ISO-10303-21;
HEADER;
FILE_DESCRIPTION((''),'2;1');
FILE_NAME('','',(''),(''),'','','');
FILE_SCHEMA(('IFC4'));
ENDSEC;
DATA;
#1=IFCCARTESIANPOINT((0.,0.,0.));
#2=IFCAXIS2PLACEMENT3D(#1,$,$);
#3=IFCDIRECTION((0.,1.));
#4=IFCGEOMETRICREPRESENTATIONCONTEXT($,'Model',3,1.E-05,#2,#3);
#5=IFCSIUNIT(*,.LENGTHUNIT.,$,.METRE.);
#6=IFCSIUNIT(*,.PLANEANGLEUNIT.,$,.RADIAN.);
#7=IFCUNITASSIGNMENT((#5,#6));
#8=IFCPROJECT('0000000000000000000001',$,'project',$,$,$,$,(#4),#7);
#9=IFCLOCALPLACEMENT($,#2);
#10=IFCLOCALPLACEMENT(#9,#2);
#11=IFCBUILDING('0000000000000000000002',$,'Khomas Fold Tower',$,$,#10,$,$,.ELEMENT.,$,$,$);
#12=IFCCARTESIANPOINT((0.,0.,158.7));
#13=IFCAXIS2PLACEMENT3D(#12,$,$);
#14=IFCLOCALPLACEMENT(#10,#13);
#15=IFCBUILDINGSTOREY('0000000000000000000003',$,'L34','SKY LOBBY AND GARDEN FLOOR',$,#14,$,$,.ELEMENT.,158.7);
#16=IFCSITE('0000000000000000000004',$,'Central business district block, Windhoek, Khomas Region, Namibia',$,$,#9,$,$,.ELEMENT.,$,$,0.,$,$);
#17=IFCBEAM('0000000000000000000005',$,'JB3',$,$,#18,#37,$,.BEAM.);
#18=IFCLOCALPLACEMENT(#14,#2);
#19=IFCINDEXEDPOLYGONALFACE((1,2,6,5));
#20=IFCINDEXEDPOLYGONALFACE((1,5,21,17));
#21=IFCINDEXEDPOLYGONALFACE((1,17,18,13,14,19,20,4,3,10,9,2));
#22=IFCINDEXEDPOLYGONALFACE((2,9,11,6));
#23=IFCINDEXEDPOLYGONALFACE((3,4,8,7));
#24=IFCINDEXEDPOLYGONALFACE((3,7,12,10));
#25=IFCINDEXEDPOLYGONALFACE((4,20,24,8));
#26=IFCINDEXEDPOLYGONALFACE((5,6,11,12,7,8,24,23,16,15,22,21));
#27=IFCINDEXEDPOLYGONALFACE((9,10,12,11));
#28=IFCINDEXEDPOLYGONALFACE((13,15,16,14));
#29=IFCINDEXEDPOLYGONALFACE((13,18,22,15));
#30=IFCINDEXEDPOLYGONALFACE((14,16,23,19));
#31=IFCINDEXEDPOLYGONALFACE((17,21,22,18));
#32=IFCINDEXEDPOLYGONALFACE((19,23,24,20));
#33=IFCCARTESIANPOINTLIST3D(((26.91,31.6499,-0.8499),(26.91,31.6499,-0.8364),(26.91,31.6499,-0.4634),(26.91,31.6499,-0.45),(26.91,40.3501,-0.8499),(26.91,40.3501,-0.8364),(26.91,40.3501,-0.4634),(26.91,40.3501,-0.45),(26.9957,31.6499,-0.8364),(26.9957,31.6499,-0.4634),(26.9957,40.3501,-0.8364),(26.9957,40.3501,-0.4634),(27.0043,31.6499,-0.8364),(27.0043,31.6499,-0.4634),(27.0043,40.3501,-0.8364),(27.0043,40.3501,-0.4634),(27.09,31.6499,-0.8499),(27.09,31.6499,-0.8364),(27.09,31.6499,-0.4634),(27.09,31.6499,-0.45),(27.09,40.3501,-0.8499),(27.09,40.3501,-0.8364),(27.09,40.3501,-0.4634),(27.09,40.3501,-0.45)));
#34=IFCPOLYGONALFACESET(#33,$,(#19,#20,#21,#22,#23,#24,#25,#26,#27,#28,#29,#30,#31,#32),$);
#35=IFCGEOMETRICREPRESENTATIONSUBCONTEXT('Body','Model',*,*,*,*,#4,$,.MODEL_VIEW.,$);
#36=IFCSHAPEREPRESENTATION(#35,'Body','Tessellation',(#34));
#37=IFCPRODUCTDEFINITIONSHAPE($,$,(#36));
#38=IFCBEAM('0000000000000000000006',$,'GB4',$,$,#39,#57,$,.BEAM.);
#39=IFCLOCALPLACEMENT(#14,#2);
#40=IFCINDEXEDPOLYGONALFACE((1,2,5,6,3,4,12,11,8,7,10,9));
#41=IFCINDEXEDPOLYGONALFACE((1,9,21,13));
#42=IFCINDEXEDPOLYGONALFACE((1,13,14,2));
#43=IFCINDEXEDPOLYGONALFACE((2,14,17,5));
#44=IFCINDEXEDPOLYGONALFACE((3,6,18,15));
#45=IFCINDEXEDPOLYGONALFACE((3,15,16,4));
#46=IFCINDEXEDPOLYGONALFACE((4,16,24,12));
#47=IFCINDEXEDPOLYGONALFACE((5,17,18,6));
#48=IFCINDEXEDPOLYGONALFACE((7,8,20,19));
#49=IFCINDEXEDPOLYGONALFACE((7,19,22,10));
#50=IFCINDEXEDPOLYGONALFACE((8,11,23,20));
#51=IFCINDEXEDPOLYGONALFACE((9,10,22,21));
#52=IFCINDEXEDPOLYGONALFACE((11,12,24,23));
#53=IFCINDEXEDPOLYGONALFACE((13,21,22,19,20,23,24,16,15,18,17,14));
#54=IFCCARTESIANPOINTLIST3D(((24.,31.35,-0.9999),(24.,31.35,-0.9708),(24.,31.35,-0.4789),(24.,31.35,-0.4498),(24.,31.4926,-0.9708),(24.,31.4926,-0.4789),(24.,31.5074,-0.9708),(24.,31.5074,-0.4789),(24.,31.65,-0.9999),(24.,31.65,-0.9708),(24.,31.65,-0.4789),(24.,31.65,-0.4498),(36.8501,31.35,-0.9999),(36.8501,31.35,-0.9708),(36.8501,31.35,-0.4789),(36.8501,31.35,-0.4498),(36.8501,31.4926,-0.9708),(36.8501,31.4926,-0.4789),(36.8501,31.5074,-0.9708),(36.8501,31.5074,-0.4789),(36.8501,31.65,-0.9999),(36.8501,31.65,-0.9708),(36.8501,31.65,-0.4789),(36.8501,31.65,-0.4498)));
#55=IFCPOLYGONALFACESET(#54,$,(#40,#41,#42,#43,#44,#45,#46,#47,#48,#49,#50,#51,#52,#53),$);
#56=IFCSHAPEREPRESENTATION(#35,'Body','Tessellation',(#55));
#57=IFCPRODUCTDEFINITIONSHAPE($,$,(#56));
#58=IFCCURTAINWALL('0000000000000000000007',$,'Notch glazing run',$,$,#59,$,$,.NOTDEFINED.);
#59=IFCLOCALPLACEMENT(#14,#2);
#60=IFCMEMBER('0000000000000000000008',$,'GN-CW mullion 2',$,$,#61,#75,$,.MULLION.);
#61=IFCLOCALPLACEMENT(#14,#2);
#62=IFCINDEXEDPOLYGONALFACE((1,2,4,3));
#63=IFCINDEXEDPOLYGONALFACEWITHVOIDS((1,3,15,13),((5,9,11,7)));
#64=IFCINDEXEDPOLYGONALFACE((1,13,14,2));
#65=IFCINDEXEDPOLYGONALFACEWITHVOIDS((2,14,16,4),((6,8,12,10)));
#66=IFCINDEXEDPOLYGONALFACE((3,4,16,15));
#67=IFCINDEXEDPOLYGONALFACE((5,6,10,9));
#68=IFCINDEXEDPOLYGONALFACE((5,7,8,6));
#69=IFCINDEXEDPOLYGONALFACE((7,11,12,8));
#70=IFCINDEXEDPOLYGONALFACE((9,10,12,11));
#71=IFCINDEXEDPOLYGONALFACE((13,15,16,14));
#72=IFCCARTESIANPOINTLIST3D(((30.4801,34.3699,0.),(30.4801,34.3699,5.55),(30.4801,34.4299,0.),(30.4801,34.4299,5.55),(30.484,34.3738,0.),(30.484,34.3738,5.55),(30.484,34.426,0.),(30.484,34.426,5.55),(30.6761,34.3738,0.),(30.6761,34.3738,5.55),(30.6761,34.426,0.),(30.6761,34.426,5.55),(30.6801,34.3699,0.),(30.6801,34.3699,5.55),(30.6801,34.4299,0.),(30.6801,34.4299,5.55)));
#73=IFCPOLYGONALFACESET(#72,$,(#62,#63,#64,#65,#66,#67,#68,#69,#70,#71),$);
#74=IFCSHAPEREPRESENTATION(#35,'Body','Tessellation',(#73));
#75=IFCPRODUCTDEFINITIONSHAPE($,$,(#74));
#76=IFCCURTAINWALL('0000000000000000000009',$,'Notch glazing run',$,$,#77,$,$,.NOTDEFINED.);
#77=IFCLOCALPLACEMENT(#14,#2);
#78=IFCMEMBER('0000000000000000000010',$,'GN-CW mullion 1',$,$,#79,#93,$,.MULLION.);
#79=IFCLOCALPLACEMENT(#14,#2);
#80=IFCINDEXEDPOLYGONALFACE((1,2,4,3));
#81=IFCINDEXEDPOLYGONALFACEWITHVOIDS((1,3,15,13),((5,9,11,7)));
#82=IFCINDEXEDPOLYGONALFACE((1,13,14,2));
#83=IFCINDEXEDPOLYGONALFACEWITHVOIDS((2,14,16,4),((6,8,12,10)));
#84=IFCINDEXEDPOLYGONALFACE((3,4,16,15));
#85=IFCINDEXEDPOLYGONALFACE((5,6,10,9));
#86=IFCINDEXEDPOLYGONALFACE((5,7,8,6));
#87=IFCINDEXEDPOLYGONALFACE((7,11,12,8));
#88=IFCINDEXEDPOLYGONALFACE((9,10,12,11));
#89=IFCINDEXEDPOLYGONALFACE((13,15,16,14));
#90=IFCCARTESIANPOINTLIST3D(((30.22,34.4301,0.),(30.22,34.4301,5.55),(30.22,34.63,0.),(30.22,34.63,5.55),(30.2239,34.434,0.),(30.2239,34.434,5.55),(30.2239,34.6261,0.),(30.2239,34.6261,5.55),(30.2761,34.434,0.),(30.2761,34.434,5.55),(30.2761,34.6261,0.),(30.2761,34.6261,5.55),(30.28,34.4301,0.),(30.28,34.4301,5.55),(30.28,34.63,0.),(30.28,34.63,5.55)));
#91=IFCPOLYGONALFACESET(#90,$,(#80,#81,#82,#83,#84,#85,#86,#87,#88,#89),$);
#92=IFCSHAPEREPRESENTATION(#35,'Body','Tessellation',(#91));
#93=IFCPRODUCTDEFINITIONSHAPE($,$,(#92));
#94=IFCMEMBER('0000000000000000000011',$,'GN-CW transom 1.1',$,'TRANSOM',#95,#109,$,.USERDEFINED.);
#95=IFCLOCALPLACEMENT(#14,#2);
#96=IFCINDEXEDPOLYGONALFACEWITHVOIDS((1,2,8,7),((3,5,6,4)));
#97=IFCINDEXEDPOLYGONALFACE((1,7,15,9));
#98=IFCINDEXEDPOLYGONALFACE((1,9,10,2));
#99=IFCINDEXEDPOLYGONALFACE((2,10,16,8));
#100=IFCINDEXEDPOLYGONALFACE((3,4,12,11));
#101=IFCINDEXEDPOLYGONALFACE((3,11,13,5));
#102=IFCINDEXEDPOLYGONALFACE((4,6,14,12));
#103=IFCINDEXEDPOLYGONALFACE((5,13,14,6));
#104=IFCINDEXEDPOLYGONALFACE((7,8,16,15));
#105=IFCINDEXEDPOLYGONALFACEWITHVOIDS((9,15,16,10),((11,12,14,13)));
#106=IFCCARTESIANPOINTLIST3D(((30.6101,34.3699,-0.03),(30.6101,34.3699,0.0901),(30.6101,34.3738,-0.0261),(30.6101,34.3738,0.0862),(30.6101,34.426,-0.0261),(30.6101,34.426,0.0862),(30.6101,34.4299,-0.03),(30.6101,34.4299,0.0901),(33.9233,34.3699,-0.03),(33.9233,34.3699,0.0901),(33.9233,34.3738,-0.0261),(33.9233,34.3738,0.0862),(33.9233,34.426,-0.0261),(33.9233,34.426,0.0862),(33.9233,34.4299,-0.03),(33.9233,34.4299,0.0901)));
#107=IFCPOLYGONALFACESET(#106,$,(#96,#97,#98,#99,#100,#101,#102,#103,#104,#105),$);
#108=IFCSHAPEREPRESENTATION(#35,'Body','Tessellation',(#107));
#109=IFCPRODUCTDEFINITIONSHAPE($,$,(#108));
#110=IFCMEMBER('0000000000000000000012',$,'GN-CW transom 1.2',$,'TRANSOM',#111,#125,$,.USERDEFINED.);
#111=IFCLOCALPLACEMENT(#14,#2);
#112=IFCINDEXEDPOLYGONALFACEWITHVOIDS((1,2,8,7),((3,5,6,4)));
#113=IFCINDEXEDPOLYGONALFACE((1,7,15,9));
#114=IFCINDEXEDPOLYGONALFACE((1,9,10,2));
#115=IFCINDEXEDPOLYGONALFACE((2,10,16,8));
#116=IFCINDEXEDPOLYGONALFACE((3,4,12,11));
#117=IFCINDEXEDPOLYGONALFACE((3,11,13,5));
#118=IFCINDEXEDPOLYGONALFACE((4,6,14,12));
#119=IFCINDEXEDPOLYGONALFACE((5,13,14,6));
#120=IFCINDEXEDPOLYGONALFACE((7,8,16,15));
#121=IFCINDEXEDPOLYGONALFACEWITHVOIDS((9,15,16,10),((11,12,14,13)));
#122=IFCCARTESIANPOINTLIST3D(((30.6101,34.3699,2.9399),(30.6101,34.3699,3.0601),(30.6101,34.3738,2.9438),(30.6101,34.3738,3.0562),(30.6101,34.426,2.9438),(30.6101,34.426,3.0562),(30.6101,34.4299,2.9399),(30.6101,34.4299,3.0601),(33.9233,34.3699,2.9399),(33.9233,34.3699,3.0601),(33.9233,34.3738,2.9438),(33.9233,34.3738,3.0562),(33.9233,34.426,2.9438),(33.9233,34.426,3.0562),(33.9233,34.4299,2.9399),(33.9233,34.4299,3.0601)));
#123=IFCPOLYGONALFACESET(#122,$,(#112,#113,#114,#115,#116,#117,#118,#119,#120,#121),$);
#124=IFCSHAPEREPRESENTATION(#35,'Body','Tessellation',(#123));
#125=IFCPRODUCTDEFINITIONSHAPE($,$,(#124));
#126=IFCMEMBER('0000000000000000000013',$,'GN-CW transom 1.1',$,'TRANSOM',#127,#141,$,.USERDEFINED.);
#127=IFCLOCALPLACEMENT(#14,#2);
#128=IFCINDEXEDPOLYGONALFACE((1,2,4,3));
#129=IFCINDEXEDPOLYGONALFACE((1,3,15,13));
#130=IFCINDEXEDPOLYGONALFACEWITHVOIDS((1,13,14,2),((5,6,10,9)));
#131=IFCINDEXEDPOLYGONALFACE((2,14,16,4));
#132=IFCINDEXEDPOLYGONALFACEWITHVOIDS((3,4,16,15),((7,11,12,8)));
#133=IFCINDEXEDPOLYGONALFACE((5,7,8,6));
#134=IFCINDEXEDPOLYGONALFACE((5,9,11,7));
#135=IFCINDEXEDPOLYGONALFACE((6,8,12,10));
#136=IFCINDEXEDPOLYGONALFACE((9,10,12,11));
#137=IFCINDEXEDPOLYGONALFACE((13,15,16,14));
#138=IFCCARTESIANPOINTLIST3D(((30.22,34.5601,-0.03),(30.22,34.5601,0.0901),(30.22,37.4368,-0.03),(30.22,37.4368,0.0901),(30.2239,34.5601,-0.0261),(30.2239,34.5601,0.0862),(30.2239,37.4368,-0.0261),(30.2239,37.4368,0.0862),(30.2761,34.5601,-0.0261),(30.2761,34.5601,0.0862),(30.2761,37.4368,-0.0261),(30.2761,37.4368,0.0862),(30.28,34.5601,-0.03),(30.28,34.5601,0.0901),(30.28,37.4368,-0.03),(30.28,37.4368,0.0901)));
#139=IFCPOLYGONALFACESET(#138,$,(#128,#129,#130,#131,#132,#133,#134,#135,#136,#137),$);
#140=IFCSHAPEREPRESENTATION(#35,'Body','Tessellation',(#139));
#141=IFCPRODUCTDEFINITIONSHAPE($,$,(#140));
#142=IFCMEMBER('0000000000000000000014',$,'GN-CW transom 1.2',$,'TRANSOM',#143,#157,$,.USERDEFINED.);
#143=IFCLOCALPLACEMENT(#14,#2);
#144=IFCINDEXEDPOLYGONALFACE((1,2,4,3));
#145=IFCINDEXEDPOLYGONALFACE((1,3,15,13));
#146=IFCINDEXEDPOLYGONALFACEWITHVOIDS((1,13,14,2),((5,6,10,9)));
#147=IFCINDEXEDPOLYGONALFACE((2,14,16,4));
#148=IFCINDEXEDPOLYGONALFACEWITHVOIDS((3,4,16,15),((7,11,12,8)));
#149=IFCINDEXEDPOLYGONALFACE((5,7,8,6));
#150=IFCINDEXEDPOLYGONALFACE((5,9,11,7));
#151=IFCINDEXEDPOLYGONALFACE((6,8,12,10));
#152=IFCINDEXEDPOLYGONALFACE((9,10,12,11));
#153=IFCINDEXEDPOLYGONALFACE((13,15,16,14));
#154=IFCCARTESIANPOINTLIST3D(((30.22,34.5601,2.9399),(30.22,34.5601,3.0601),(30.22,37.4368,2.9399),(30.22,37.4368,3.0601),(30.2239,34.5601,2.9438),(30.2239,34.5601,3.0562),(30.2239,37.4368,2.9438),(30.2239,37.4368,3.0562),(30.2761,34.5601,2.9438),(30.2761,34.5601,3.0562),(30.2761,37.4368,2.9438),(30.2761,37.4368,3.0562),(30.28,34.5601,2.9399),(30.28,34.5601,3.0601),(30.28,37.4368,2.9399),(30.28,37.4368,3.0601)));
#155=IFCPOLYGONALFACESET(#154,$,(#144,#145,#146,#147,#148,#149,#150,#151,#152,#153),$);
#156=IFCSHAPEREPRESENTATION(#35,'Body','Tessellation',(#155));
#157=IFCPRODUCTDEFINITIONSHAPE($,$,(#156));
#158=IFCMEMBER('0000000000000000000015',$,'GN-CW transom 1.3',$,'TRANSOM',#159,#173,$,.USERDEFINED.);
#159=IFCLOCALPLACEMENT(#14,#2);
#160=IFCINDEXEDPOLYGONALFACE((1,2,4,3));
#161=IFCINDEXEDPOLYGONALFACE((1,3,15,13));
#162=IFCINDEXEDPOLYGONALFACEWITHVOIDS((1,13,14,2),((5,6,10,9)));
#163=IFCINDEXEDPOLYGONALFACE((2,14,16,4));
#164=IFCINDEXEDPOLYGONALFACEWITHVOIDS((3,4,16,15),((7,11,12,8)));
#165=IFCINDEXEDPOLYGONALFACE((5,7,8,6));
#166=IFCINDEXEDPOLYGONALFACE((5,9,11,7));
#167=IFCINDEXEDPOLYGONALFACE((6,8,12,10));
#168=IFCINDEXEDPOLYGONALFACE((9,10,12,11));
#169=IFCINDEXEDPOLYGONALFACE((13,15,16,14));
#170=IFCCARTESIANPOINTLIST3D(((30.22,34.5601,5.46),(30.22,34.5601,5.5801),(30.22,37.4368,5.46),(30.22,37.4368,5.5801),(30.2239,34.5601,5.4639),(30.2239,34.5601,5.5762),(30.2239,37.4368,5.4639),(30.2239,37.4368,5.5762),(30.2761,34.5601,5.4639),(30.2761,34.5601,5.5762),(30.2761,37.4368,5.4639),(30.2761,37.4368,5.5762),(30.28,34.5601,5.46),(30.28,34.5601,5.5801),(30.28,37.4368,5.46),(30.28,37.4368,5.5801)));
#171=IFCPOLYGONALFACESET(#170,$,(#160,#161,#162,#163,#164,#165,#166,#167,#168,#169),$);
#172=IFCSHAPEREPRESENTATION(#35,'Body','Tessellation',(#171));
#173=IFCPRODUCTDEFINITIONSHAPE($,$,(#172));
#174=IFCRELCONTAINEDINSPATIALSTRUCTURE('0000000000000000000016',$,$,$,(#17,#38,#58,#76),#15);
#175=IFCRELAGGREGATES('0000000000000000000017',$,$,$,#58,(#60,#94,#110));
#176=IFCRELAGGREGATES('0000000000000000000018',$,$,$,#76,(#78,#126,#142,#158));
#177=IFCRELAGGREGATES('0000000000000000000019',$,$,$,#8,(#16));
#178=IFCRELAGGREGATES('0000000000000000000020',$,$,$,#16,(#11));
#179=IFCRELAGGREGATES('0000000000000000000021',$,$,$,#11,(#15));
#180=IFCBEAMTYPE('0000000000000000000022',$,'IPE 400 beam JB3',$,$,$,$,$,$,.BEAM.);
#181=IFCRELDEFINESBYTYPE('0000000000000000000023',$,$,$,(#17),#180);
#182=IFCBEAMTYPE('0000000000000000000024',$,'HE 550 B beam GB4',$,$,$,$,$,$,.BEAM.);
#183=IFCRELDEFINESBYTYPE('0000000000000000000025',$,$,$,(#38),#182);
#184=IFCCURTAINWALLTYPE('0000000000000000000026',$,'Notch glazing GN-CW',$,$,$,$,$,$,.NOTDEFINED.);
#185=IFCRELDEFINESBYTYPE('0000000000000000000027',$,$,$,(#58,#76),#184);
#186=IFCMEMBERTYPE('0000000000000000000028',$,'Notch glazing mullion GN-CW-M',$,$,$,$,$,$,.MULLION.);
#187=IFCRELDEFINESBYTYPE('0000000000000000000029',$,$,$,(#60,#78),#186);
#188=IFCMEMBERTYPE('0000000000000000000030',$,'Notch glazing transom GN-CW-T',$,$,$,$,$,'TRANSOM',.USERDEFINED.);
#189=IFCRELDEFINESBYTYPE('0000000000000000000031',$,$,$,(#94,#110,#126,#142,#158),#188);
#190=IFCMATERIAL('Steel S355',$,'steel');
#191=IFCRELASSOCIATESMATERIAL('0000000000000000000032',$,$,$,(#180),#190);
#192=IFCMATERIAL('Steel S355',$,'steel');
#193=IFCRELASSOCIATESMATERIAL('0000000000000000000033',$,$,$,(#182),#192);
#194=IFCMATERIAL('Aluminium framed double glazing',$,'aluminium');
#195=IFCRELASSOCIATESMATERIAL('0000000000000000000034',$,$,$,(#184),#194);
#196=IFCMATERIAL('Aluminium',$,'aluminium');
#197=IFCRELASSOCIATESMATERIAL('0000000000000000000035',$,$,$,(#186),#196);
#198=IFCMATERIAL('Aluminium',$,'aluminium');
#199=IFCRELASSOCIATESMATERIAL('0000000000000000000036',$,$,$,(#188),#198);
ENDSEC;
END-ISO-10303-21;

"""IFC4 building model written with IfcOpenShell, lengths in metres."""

from ifc_helpers import new_model, si_unit, direction, frame, origin, origin_2d, place, context, subcontext, project, spatial, hollow_rectangle, i_section, extrude, source, transform, mapped, material, material_profile, profile_set, type_object, element, aggregate, save


model = new_model("IFC4")

# Units and contexts
model_context = context("Model", 3, precision=1e-05, world=origin(), true_north=direction((0.0, 1.0)))
body_context = subcontext(model_context, "Body", "Model", "MODEL_VIEW")
ifc_project = project(units=[si_unit("LENGTHUNIT", "METRE"), si_unit("PLANEANGLEUNIT", "RADIAN")], contexts=[model_context])

# Site, building, storey
site_placement = place(None, origin())
site = spatial("IfcSite", under=ifc_project, at=site_placement, Name="Central business district block, Windhoek, Khomas Region, Namibia", CompositionType="ELEMENT", RefElevation=0.0)
building_placement = place(site_placement, origin())
building = spatial("IfcBuilding", under=site, at=building_placement, Name="Khomas Fold Tower", CompositionType="ELEMENT")
storey_placement = place(building_placement, frame((0.0, 0.0, 158.7)))
storey = spatial("IfcBuildingStorey", under=building, at=storey_placement, Name="L34", Description="SKY LOBBY AND GARDEN FLOOR", CompositionType="ELEMENT", Elevation=158.7)

# Beams
ifc_material_1 = material(Name="Steel S355", Category="steel")
ifc_material_profile_1 = material_profile(ifc_material_1, i_section(OverallWidth=0.1799, OverallDepth=0.3999, WebThickness=0.0085, FlangeThickness=0.0134, at=origin_2d()), Name="IPE 400")
ifc_profile_set_1 = profile_set([ifc_material_profile_1], Name="Steel S355")
beam_type_1 = type_object("IfcBeamType", Name="IPE 400 beam JB3", PredefinedType="BEAM", material=ifc_profile_set_1)
shared_shape_1 = source(origin(), body_context, "Body", "SweptSolid", [
    extrude(i_section(OverallWidth=0.1799, OverallDepth=0.3999, WebThickness=0.0085, FlangeThickness=0.0134, at=origin_2d()), origin(), (0.0, 0.0, 1.0), 8.7002),
])
beam_1_placement = place(storey_placement, frame((27.0, 31.6499, -0.6499), z_axis=(0.0, 1.0, 0.0), x_axis=(-1.0, 0.0, 0.0)))
element("IfcBeam", 1, at=beam_1_placement, inside=storey, type_object=beam_type_1, Name="JB3", PredefinedType="BEAM", context=body_context, shape_type="MappedRepresentation", body=[
    mapped(shared_shape_1, transform((0.0, 0.0, 0.0))),
])
ifc_material_2 = material(Name="Steel S355", Category="steel")
ifc_material_profile_2 = material_profile(ifc_material_2, i_section(OverallWidth=0.3, OverallDepth=0.55, WebThickness=0.0149, FlangeThickness=0.0291, at=origin_2d()), Name="HE 550 B")
ifc_profile_set_2 = profile_set([ifc_material_profile_2], Name="Steel S355")
beam_type_2 = type_object("IfcBeamType", Name="HE 550 B beam GB4", PredefinedType="BEAM", material=ifc_profile_set_2)
shared_shape_2 = source(origin(), body_context, "Body", "SweptSolid", [
    extrude(i_section(OverallWidth=0.3, OverallDepth=0.55, WebThickness=0.0149, FlangeThickness=0.0291, at=origin_2d()), origin(), (0.0, 0.0, 1.0), 12.8501),
])
beam_2_placement = place(storey_placement, frame((24.0, 31.5, -0.7249), z_axis=(1.0, 0.0, 0.0), x_axis=(0.0, 1.0, 0.0)))
element("IfcBeam", 2, at=beam_2_placement, inside=storey, type_object=beam_type_2, Name="GB4", PredefinedType="BEAM", context=body_context, shape_type="MappedRepresentation", body=[
    mapped(shared_shape_2, transform((0.0, 0.0, 0.0))),
])

# Curtain walls, members
ifc_material_3 = material(Name="Aluminium framed double glazing", Category="aluminium")
curtain_wall_type = type_object("IfcCurtainWallType", Name="Notch glazing GN-CW", PredefinedType="NOTDEFINED", material=ifc_material_3)
curtain_wall_1_placement = place(storey_placement, origin())
curtain_wall_1 = element("IfcCurtainWall", 3, at=curtain_wall_1_placement, inside=storey, type_object=curtain_wall_type, Name="Notch glazing run", PredefinedType="NOTDEFINED")
ifc_material_4 = material(Name="Aluminium", Category="aluminium")
ifc_material_profile_3 = material_profile(ifc_material_4, hollow_rectangle(XDim=0.0601, YDim=0.2, WallThickness=0.0039, at=origin_2d()), Name="Notch glazing mullion GN-CW-M")
ifc_profile_set_3 = profile_set([ifc_material_profile_3], Name="Aluminium")
member_type_1 = type_object("IfcMemberType", Name="Notch glazing mullion GN-CW-M", PredefinedType="MULLION", material=ifc_profile_set_3)
shared_shape_3 = source(origin(), body_context, "Body", "SweptSolid", [
    extrude(hollow_rectangle(XDim=0.0601, YDim=0.2, WallThickness=0.0039, at=origin_2d()), origin(), (0.0, 0.0, 1.0), 5.55),
])
member_1_placement = place(storey_placement, frame((30.5801, 34.3999, 0.0), z_axis=(0.0, 0.0, 1.0), x_axis=(0.0, -1.0, 0.0)))
member_1 = element("IfcMember", 4, at=member_1_placement, type_object=member_type_1, Name="GN-CW mullion 2", PredefinedType="MULLION", context=body_context, shape_type="MappedRepresentation", body=[
    mapped(shared_shape_3, transform((0.0, 0.0, 0.0))),
])
curtain_wall_2_placement = place(storey_placement, origin())
curtain_wall_2 = element("IfcCurtainWall", 5, at=curtain_wall_2_placement, inside=storey, type_object=curtain_wall_type, Name="Notch glazing run", PredefinedType="NOTDEFINED")
member_2_placement = place(storey_placement, frame((30.25, 34.53, 0.0), z_axis=(0.0, 0.0, 1.0), x_axis=(-1.0, 0.0, 0.0)))
member_2 = element("IfcMember", 6, at=member_2_placement, type_object=member_type_1, Name="GN-CW mullion 1", PredefinedType="MULLION", context=body_context, shape_type="MappedRepresentation", body=[
    mapped(shared_shape_3, transform((0.0, 0.0, 0.0))),
])

# Members
ifc_material_5 = material(Name="Aluminium", Category="aluminium")
ifc_material_profile_4 = material_profile(ifc_material_5, hollow_rectangle(XDim=0.0601, YDim=0.1201, WallThickness=0.0039, at=origin_2d()), Name="Notch glazing transom GN-CW-T")
ifc_profile_set_4 = profile_set([ifc_material_profile_4], Name="Aluminium")
member_type_2 = type_object("IfcMemberType", Name="Notch glazing transom GN-CW-T", ElementType="TRANSOM", PredefinedType="USERDEFINED", material=ifc_profile_set_4)
shared_shape_4 = source(origin(), body_context, "Body", "SweptSolid", [
    extrude(hollow_rectangle(XDim=0.0601, YDim=0.1201, WallThickness=0.0039, at=origin_2d()), origin(), (0.0, 0.0, 1.0), 3.3132),
])
member_3_placement = place(storey_placement, frame((33.9233, 34.3999, 0.03), z_axis=(-1.0, 0.0, 0.0), x_axis=(0.0, -1.0, 0.0)))
member_3 = element("IfcMember", 7, at=member_3_placement, type_object=member_type_2, Name="GN-CW transom 1.1", ObjectType="TRANSOM", PredefinedType="USERDEFINED", context=body_context, shape_type="MappedRepresentation", body=[
    mapped(shared_shape_4, transform((0.0, 0.0, 0.0))),
])
member_4_placement = place(storey_placement, frame((33.9233, 34.3999, 3.0), z_axis=(-1.0, 0.0, 0.0), x_axis=(0.0, -1.0, 0.0)))
member_4 = element("IfcMember", 8, at=member_4_placement, type_object=member_type_2, Name="GN-CW transom 1.2", ObjectType="TRANSOM", PredefinedType="USERDEFINED", context=body_context, shape_type="MappedRepresentation", body=[
    mapped(shared_shape_4, transform((0.0, 0.0, 0.0))),
])
shared_shape_5 = source(origin(), body_context, "Body", "SweptSolid", [
    extrude(hollow_rectangle(XDim=0.0601, YDim=0.1201, WallThickness=0.0039, at=origin_2d()), origin(), (0.0, 0.0, 1.0), 2.8767),
])
member_5_placement = place(storey_placement, frame((30.25, 34.5601, 0.03), z_axis=(0.0, 1.0, 0.0), x_axis=(-1.0, 0.0, 0.0)))
member_5 = element("IfcMember", 9, at=member_5_placement, type_object=member_type_2, Name="GN-CW transom 1.1", ObjectType="TRANSOM", PredefinedType="USERDEFINED", context=body_context, shape_type="MappedRepresentation", body=[
    mapped(shared_shape_5, transform((0.0, 0.0, 0.0))),
])
member_6_placement = place(storey_placement, frame((30.25, 34.5601, 3.0), z_axis=(0.0, 1.0, 0.0), x_axis=(-1.0, 0.0, 0.0)))
member_6 = element("IfcMember", 10, at=member_6_placement, type_object=member_type_2, Name="GN-CW transom 1.2", ObjectType="TRANSOM", PredefinedType="USERDEFINED", context=body_context, shape_type="MappedRepresentation", body=[
    mapped(shared_shape_5, transform((0.0, 0.0, 0.0))),
])
member_7_placement = place(storey_placement, frame((30.25, 34.5601, 5.52), z_axis=(0.0, 1.0, 0.0), x_axis=(-1.0, 0.0, 0.0)))
member_7 = element("IfcMember", 11, at=member_7_placement, type_object=member_type_2, Name="GN-CW transom 1.3", ObjectType="TRANSOM", PredefinedType="USERDEFINED", context=body_context, shape_type="MappedRepresentation", body=[
    mapped(shared_shape_5, transform((0.0, 0.0, 0.0))),
])

aggregate(curtain_wall_1, [member_1, member_3, member_4])
aggregate(curtain_wall_2, [member_2, member_5, member_6, member_7])

save(model, "model.ifc")
